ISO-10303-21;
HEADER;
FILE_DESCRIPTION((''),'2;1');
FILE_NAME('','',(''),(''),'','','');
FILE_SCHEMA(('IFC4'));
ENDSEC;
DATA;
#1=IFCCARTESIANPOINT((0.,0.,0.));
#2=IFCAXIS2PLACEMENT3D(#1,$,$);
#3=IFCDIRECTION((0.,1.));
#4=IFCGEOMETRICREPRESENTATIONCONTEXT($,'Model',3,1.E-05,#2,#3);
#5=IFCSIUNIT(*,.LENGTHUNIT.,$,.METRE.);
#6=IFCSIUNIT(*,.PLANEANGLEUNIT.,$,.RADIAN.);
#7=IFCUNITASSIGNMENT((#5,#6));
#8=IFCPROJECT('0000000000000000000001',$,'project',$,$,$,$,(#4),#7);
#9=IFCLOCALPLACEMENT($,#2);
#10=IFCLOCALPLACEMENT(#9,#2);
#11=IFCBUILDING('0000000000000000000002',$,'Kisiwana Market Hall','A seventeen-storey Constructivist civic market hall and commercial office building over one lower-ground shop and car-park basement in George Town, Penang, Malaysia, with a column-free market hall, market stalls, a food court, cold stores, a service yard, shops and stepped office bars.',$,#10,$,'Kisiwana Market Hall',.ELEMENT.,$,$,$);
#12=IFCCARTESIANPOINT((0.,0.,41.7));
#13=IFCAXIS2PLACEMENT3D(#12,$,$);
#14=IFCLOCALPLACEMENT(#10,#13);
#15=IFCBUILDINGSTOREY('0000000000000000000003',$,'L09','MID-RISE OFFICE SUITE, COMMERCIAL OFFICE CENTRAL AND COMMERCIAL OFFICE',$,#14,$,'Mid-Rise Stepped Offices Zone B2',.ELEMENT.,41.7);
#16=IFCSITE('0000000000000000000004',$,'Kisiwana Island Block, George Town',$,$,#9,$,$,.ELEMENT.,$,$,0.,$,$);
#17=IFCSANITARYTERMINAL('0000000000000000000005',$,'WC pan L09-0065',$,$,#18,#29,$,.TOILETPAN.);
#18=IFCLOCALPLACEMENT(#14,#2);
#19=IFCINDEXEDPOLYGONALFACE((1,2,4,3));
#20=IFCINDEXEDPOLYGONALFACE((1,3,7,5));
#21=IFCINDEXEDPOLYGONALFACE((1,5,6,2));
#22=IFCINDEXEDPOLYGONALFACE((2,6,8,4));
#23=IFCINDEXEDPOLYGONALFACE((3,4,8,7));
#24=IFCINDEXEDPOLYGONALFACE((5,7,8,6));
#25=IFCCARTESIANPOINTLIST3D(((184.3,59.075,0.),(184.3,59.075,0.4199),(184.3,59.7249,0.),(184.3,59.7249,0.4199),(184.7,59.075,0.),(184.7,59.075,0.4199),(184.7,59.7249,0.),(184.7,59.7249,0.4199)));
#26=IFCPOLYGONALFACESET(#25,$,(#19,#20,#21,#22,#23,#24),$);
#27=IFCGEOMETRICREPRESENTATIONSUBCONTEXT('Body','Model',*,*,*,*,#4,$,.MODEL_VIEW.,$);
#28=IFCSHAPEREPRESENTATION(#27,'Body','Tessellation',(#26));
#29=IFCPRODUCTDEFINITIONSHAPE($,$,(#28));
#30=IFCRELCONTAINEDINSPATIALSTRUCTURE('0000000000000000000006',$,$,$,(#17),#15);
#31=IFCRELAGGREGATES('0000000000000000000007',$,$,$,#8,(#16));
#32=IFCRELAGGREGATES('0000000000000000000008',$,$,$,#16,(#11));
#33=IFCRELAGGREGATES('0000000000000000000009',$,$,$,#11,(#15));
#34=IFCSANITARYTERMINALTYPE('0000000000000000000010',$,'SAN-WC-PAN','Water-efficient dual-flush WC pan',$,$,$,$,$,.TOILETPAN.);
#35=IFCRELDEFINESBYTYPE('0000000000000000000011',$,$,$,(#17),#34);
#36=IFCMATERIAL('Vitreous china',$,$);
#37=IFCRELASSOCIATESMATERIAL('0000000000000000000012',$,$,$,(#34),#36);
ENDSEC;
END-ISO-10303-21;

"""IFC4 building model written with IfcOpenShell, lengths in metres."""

from ifc_helpers import new_model, si_unit, direction, frame, origin, origin_2d, place, context, subcontext, project, spatial, rectangle, extrude, material, type_object, element, save


model = new_model("IFC4")

# Units and contexts
model_context = context("Model", 3, precision=1e-05, world=origin(), true_north=direction((0.0, 1.0)))
body_context = subcontext(model_context, "Body", "Model", "MODEL_VIEW")
ifc_project = project(units=[si_unit("LENGTHUNIT", "METRE"), si_unit("PLANEANGLEUNIT", "RADIAN")], contexts=[model_context])

# Site, building, storey
site_placement = place(None, origin())
site = spatial("IfcSite", under=ifc_project, at=site_placement, Name="Kisiwana Island Block, George Town", CompositionType="ELEMENT", RefElevation=0.0)
building_placement = place(site_placement, origin())
building = spatial("IfcBuilding", under=site, at=building_placement, Name="Kisiwana Market Hall", Description="A seventeen-storey Constructivist civic market hall and commercial office building over one lower-ground shop and car-park basement in George Town, Penang, Malaysia, with a column-free market hall, market stalls, a food court, cold stores, a service yard, shops and stepped office bars.", LongName="Kisiwana Market Hall", CompositionType="ELEMENT")
storey_placement = place(building_placement, frame((0.0, 0.0, 41.7)))
storey = spatial("IfcBuildingStorey", under=building, at=storey_placement, Name="L09", Description="MID-RISE OFFICE SUITE, COMMERCIAL OFFICE CENTRAL AND COMMERCIAL OFFICE", LongName="Mid-Rise Stepped Offices Zone B2", CompositionType="ELEMENT", Elevation=41.7)

# Sanitary terminal
ifc_material_1 = material(Name="Vitreous china")
sanitary_terminal_type_1 = type_object("IfcSanitaryTerminalType", Name="SAN-WC-PAN", Description="Water-efficient dual-flush WC pan", PredefinedType="TOILETPAN", material=ifc_material_1)
for number, where, z_axis, x_axis, name in (
    (1, (184.5, 59.3999, 0.0), (0.0, 0.0, 1.0), (1.0, 0.0, 0.0), "WC pan L09-0065"),
):
    element("IfcSanitaryTerminal", number, at=place(storey_placement, frame(where, z_axis=z_axis, x_axis=x_axis)), inside=storey, type_object=sanitary_terminal_type_1, Name=name, PredefinedType="TOILETPAN", context=body_context, shape_type="SweptSolid", body=[
        extrude(rectangle(XDim=0.3999, YDim=0.6499, at=origin_2d()), origin(), (0.0, 0.0, 1.0), 0.4199),
    ])

save(model, "model.ifc")
